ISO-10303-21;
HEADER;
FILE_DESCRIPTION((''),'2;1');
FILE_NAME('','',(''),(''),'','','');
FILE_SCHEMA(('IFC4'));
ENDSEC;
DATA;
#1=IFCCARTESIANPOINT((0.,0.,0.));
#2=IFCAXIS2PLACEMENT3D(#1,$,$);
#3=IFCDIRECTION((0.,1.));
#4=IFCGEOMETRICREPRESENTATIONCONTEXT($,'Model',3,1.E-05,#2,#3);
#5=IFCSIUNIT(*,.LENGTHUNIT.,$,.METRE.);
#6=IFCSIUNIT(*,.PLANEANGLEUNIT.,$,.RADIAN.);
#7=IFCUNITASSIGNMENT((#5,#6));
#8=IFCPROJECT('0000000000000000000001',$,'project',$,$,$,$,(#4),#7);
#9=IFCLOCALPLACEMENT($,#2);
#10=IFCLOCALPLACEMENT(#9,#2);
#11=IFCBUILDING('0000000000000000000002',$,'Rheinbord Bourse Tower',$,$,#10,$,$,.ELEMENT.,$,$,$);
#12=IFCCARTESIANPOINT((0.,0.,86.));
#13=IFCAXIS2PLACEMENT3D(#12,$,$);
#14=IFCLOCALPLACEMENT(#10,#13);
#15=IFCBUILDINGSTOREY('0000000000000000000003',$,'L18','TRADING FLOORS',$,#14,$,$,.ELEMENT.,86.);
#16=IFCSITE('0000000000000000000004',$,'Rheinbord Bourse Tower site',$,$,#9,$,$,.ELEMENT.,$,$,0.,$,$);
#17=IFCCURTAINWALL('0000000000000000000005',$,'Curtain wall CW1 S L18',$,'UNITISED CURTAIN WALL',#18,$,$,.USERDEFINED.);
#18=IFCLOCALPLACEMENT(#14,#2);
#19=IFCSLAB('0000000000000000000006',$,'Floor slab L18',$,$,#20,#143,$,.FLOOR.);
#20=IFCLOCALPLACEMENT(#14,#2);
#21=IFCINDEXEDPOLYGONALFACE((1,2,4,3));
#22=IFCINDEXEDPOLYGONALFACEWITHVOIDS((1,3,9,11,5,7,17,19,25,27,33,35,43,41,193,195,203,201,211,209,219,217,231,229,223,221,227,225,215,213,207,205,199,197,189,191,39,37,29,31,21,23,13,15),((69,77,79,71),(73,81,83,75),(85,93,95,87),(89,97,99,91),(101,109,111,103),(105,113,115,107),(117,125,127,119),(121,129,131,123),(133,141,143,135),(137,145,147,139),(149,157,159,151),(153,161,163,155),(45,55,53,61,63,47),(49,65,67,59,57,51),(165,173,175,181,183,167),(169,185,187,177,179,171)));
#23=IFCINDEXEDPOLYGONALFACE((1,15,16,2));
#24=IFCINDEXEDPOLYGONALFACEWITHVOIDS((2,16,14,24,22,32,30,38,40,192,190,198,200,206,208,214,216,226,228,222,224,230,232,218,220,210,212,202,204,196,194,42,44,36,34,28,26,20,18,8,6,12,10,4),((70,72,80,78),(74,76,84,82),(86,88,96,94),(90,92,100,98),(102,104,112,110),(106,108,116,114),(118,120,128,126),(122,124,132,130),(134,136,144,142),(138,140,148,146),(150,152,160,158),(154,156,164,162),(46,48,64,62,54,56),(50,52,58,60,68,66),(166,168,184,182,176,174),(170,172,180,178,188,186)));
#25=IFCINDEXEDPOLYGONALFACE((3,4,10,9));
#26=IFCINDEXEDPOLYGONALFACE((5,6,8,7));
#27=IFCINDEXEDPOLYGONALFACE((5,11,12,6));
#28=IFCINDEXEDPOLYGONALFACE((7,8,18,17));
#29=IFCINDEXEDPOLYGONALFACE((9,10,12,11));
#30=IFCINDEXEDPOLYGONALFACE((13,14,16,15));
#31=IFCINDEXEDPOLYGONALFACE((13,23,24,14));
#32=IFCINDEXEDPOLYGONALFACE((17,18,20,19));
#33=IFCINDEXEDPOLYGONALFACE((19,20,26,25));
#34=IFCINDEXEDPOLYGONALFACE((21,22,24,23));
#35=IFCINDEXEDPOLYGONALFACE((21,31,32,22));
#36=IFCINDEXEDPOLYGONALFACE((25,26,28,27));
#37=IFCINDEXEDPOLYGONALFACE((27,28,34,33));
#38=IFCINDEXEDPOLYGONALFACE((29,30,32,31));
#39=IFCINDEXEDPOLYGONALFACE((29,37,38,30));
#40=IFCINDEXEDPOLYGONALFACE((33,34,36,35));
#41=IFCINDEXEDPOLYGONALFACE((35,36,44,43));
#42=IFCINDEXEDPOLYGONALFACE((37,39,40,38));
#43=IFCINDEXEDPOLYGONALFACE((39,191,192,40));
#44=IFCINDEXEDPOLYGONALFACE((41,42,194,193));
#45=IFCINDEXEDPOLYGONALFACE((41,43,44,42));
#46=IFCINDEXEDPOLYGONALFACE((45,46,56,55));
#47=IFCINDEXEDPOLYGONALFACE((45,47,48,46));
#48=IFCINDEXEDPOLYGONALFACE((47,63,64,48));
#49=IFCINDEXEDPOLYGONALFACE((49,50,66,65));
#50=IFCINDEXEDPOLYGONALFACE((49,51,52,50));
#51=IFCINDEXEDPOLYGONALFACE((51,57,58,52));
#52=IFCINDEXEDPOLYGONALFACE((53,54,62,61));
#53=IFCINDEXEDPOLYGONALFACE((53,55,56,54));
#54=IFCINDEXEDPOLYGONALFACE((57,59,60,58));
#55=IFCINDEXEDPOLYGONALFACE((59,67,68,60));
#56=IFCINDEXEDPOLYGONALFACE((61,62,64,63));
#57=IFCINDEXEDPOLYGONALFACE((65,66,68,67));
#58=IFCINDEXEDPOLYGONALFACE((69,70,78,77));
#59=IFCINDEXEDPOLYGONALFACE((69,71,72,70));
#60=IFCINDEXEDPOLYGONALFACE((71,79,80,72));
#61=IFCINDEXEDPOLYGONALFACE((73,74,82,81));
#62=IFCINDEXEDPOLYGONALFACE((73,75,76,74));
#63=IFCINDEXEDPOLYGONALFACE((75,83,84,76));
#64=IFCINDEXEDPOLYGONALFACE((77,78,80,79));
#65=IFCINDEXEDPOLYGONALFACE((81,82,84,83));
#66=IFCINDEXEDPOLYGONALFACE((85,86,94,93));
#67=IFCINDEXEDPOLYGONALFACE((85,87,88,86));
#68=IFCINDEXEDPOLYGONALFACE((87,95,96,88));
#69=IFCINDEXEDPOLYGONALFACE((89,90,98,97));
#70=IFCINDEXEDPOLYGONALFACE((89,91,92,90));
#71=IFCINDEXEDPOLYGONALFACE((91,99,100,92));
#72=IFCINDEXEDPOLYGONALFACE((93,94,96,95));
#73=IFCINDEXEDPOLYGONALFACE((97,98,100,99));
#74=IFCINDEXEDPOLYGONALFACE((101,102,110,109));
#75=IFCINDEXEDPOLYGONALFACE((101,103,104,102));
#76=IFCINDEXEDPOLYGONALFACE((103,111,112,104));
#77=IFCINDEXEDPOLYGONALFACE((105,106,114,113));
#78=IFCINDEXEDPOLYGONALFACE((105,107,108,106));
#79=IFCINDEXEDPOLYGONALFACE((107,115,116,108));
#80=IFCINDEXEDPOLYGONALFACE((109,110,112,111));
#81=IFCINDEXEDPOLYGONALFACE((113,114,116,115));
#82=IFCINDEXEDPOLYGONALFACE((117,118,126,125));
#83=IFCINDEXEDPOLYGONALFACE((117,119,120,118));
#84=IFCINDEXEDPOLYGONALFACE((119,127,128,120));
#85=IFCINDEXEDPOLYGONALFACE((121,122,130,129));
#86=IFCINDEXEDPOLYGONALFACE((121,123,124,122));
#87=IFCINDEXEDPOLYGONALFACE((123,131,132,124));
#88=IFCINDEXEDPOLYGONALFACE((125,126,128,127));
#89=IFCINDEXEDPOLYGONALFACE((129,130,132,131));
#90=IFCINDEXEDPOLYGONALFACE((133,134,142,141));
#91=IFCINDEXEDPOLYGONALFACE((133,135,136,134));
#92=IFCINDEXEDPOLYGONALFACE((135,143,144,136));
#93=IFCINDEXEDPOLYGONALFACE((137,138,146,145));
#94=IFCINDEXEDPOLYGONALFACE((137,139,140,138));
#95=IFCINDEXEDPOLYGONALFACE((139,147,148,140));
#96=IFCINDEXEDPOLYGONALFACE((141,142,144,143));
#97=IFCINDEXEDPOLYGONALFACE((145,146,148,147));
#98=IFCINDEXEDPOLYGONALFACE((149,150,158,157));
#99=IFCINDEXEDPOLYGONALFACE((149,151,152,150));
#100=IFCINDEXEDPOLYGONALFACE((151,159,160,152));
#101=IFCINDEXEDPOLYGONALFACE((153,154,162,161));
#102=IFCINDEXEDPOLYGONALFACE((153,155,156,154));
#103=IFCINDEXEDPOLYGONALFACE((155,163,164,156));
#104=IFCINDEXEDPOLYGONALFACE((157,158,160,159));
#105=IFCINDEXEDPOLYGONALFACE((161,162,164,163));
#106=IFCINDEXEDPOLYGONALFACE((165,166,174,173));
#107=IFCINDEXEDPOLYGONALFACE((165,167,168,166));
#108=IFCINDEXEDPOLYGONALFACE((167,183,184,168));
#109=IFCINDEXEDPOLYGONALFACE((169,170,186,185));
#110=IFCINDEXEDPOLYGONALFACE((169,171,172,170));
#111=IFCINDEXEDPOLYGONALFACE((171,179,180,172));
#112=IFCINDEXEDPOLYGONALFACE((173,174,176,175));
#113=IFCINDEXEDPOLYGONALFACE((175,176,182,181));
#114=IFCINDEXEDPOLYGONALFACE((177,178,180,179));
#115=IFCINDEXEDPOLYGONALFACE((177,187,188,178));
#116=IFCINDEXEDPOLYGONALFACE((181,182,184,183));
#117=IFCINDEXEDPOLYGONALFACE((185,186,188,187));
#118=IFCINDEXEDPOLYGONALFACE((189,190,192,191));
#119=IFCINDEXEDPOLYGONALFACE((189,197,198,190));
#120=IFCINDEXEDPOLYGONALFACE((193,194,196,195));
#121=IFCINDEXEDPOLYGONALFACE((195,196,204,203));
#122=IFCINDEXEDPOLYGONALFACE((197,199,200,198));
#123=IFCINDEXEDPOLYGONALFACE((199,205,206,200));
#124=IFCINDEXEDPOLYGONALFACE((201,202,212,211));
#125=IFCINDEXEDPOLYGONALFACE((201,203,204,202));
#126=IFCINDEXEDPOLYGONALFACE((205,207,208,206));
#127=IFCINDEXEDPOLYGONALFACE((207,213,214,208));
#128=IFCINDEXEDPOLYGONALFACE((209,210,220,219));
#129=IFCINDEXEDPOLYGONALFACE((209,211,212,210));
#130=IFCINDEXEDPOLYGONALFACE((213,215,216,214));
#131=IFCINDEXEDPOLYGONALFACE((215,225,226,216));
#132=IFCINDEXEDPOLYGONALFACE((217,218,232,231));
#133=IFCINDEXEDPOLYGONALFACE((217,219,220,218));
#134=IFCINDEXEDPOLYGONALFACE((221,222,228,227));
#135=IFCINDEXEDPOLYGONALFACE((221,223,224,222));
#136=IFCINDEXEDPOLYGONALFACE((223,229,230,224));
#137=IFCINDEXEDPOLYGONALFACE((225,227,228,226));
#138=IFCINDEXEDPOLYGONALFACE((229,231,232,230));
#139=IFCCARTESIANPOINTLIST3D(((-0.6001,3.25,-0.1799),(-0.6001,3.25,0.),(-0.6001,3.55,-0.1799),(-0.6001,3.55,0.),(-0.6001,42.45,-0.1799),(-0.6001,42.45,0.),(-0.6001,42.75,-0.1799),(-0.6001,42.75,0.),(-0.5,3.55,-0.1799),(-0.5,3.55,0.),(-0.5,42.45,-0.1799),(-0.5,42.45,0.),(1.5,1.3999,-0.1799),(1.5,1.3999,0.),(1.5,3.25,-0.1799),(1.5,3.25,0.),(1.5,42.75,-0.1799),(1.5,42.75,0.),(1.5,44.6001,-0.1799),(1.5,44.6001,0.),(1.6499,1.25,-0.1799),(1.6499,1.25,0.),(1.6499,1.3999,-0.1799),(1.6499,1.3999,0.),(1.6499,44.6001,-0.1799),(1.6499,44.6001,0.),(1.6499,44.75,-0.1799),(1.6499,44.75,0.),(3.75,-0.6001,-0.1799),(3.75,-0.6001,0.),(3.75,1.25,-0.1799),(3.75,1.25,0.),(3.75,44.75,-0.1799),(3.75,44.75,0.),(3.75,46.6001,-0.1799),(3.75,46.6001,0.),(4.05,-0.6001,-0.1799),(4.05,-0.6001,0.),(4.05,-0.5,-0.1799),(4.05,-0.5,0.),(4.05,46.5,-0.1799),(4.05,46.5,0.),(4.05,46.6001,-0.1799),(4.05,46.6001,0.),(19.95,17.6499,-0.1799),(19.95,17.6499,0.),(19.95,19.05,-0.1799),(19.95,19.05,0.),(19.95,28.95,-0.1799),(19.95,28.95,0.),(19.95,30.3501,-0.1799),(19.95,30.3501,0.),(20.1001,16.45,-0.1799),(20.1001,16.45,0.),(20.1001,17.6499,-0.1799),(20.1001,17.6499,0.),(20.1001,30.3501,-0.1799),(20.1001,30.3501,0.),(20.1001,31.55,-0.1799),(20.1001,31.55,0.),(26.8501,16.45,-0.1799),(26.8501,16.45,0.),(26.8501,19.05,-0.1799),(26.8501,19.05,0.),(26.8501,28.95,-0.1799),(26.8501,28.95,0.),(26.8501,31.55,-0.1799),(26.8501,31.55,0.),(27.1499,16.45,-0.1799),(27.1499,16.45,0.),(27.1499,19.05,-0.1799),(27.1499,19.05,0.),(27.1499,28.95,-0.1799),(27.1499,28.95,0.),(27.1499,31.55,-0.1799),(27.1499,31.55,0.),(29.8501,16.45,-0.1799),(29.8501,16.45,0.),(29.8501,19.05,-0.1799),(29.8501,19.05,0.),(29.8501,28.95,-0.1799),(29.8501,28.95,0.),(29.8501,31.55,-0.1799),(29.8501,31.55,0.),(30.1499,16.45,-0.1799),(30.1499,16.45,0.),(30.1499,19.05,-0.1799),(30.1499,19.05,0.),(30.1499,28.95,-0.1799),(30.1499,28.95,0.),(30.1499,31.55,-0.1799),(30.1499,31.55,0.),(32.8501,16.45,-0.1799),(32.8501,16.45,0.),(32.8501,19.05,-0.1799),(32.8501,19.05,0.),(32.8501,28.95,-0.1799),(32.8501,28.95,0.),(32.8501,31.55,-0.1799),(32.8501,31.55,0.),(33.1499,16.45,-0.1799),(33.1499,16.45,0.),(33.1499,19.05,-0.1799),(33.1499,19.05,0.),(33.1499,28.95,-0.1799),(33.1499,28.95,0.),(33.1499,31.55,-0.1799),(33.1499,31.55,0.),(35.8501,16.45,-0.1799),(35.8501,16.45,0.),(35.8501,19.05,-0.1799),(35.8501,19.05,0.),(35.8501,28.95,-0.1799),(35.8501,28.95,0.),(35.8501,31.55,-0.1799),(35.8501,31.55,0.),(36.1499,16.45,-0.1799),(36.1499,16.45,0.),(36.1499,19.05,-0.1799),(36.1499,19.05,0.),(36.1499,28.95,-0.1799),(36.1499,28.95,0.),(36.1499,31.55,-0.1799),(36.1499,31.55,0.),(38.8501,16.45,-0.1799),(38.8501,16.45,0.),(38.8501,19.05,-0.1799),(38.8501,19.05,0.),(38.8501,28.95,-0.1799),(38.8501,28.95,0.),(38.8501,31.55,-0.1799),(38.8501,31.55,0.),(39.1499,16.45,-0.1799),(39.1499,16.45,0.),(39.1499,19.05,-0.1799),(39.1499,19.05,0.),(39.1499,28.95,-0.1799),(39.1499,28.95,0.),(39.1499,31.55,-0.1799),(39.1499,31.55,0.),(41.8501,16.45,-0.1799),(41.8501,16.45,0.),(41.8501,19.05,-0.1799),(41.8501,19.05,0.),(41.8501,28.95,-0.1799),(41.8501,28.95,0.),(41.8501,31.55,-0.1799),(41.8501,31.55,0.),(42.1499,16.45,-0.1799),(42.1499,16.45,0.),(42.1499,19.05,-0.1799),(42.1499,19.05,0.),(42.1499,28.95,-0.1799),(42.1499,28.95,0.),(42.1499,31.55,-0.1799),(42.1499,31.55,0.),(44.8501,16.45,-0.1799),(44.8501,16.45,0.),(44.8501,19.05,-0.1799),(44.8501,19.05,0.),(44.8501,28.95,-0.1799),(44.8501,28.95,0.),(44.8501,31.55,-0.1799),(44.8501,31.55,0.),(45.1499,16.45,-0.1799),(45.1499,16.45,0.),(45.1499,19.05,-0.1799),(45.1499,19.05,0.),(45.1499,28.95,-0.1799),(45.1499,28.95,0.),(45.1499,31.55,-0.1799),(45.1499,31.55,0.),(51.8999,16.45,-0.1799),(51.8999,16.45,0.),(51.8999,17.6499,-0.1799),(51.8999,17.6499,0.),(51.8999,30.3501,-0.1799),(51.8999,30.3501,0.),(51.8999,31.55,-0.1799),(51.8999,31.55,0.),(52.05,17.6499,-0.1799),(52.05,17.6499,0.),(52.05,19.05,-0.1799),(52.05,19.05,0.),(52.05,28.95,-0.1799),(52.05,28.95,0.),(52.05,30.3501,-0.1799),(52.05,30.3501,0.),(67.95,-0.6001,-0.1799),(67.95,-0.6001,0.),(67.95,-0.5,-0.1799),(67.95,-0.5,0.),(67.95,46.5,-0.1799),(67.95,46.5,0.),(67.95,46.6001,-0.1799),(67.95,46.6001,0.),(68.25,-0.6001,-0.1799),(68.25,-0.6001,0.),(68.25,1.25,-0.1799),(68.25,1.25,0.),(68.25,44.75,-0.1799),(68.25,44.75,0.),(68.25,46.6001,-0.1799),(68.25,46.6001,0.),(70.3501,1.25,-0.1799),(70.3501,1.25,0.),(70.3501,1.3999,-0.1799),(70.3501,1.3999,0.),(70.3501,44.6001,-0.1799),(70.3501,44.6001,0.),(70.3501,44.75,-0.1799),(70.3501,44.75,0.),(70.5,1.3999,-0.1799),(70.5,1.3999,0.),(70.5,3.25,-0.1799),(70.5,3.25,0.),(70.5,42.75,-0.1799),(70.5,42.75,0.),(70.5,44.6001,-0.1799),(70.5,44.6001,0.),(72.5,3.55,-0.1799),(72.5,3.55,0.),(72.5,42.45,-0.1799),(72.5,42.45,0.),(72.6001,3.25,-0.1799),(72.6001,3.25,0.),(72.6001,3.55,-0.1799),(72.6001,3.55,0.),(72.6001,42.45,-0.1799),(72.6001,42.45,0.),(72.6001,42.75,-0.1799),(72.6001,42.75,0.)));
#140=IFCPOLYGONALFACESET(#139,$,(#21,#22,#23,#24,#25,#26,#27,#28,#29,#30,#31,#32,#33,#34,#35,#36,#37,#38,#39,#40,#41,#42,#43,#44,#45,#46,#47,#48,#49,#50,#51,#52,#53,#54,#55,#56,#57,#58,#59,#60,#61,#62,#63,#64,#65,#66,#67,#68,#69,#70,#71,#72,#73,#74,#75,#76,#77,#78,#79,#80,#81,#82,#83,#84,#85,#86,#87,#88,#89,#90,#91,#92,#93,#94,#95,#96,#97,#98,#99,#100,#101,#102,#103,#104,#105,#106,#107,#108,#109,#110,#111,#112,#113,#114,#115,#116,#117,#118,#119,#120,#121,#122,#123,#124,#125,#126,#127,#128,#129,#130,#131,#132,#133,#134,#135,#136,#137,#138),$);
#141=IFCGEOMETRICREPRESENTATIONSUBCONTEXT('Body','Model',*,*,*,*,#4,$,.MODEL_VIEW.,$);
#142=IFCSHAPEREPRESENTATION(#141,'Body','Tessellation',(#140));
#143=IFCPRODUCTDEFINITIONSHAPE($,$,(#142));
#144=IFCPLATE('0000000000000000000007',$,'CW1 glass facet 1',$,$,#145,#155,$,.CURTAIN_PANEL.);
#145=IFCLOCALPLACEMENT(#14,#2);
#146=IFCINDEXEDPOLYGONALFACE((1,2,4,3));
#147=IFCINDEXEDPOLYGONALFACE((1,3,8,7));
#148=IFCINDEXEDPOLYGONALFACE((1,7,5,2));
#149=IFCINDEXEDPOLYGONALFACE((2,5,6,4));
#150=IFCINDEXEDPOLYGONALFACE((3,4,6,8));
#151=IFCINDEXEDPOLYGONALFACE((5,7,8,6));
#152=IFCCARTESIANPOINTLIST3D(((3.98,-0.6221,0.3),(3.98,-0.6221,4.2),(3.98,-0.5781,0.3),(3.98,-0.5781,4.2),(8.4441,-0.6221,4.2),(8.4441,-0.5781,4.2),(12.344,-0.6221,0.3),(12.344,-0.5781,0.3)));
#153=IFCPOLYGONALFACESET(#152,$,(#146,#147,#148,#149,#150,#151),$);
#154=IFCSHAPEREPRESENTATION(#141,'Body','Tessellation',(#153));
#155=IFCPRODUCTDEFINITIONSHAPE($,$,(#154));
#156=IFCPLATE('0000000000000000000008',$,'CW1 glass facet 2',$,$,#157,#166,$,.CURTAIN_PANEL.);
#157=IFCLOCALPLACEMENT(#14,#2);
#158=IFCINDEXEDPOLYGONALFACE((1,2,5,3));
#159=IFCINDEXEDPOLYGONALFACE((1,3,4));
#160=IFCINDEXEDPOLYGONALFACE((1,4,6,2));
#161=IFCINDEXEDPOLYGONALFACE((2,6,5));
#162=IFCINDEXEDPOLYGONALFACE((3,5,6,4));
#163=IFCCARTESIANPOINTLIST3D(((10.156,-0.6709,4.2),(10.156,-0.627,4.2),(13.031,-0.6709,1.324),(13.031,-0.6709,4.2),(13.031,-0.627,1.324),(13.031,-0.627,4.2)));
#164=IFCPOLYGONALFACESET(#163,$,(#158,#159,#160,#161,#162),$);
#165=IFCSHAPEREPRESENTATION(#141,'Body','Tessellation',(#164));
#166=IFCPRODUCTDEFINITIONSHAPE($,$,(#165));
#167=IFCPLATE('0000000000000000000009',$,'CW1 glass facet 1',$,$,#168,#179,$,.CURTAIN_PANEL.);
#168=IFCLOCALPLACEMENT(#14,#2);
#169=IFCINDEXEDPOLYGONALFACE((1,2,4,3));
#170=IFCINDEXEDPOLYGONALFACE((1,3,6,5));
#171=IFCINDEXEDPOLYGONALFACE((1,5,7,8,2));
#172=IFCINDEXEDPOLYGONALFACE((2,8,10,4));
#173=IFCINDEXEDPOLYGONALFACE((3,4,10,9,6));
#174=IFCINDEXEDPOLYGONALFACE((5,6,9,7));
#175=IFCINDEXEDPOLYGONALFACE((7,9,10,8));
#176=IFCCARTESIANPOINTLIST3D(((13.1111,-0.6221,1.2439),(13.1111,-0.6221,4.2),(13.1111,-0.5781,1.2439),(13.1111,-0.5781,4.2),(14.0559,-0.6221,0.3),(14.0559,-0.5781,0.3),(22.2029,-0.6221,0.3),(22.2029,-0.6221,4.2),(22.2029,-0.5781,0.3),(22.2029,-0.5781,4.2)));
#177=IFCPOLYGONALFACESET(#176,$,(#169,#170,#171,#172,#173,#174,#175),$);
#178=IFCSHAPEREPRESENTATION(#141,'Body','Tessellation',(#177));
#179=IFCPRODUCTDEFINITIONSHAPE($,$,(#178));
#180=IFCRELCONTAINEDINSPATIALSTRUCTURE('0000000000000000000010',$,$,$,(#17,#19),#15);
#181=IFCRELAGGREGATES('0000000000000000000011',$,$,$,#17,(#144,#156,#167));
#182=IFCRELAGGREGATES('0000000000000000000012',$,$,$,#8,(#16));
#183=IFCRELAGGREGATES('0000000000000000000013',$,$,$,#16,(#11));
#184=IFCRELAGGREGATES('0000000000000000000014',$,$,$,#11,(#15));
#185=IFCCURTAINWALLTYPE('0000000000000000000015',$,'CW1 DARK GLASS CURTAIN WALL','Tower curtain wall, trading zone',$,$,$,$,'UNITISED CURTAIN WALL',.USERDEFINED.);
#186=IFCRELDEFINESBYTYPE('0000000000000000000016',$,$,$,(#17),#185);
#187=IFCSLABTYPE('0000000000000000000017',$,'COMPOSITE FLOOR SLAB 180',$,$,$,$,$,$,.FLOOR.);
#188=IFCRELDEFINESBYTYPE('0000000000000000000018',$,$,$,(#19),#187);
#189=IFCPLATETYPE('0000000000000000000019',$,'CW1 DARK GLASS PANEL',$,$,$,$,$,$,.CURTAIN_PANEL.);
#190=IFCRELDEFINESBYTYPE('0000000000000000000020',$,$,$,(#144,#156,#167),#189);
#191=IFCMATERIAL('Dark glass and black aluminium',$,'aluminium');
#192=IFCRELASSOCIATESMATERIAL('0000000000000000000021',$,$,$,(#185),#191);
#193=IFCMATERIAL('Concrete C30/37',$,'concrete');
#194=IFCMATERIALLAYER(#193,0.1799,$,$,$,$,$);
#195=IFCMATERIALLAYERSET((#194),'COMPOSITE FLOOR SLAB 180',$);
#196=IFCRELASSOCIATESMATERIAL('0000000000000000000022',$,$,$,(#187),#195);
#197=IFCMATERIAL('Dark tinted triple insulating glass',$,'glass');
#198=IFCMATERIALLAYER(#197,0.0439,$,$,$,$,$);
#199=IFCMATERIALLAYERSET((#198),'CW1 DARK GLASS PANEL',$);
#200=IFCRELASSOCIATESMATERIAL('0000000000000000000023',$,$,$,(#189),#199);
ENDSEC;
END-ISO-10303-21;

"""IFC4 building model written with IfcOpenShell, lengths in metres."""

from ifc_helpers import new_model, si_unit, direction, frame, origin, place, context, subcontext, project, spatial, polyline, outline, extrude, material, layer, layer_set, type_object, element, aggregate, save


model = new_model("IFC4")

# Units and contexts
model_context = context("Model", 3, precision=1e-05, world=origin(), true_north=direction((0.0, 1.0)))
body_context = subcontext(model_context, "Body", "Model", "MODEL_VIEW")
ifc_project = project(units=[si_unit("LENGTHUNIT", "METRE"), si_unit("PLANEANGLEUNIT", "RADIAN")], contexts=[model_context])

# Site, building, storey
site_placement = place(None, origin())
site = spatial("IfcSite", under=ifc_project, at=site_placement, Name="Rheinbord Bourse Tower site", CompositionType="ELEMENT", RefElevation=0.0)
building_placement = place(site_placement, origin())
building = spatial("IfcBuilding", under=site, at=building_placement, Name="Rheinbord Bourse Tower", CompositionType="ELEMENT")
storey_placement = place(building_placement, frame((0.0, 0.0, 86.0)))
storey = spatial("IfcBuildingStorey", under=building, at=storey_placement, Name="L18", Description="TRADING FLOORS", CompositionType="ELEMENT", Elevation=86.0)

# Curtain wall
ifc_material_1 = material(Name="Dark glass and black aluminium", Category="aluminium")
curtain_wall_type = type_object("IfcCurtainWallType", Name="CW1 DARK GLASS CURTAIN WALL", Description="Tower curtain wall, trading zone", ElementType="UNITISED CURTAIN WALL", PredefinedType="USERDEFINED", material=ifc_material_1)
curtain_wall_1_placement = place(storey_placement, origin())
curtain_wall_1 = element("IfcCurtainWall", 1, at=curtain_wall_1_placement, inside=storey, type_object=curtain_wall_type, Name="Curtain wall CW1 S L18", ObjectType="UNITISED CURTAIN WALL", PredefinedType="USERDEFINED")

# Slab
ifc_material_2 = material(Name="Concrete C30/37", Category="concrete")
ifc_layer_1 = layer(ifc_material_2, 0.1799)
ifc_layer_set_1 = layer_set([ifc_layer_1], Name="COMPOSITE FLOOR SLAB 180")
slab_type_1 = type_object("IfcSlabType", Name="COMPOSITE FLOOR SLAB 180", PredefinedType="FLOOR", material=ifc_layer_set_1)
slab_1_placement = place(storey_placement, frame((0.0, 0.0, -0.1799)))
element("IfcSlab", 2, at=slab_1_placement, inside=storey, type_object=slab_type_1, Name="Floor slab L18", PredefinedType="FLOOR", context=body_context, shape_type="SweptSolid", body=[
    extrude(outline(polyline([(1.6499, 1.3999), (1.5, 1.3999), (1.5, 3.25), (-0.6001, 3.25), (-0.6001, 3.55), (-0.5, 3.55), (-0.5, 42.45), (-0.6001, 42.45), (-0.6001, 42.75), (1.5, 42.75), (1.5, 44.6001), (1.6499, 44.6001), (1.6499, 44.75), (3.75, 44.75), (3.75, 46.6001), (4.05, 46.6001), (4.05, 46.5), (67.95, 46.5), (67.95, 46.6001), (68.25, 46.6001), (68.25, 44.75), (70.3501, 44.75), (70.3501, 44.6001), (70.5, 44.6001), (70.5, 42.75), (72.6001, 42.75), (72.6001, 42.45), (72.5, 42.45), (72.5, 3.55), (72.6001, 3.55), (72.6001, 3.25), (70.5, 3.25), (70.5, 1.3999), (70.3501, 1.3999), (70.3501, 1.25), (68.25, 1.25), (68.25, -0.6001), (67.95, -0.6001), (67.95, -0.5), (4.05, -0.5), (4.05, -0.6001), (3.75, -0.6001), (3.75, 1.25), (1.6499, 1.25), (1.6499, 1.3999)]), holes=[polyline([(19.95, 19.05), (26.8501, 19.05), (26.8501, 16.45), (20.1001, 16.45), (20.1001, 17.6499), (19.95, 17.6499), (19.95, 19.05)]), polyline([(26.8501, 31.55), (26.8501, 28.95), (19.95, 28.95), (19.95, 30.3501), (20.1001, 30.3501), (20.1001, 31.55), (26.8501, 31.55)]), polyline([(45.1499, 16.45), (45.1499, 19.05), (52.05, 19.05), (52.05, 17.6499), (51.8999, 17.6499), (51.8999, 16.45), (45.1499, 16.45)]), polyline([(52.05, 28.95), (45.1499, 28.95), (45.1499, 31.55), (51.8999, 31.55), (51.8999, 30.3501), (52.05, 30.3501), (52.05, 28.95)]), polyline([(27.1499, 16.45), (27.1499, 19.05), (29.8501, 19.05), (29.8501, 16.45), (27.1499, 16.45)]), polyline([(27.1499, 28.95), (27.1499, 31.55), (29.8501, 31.55), (29.8501, 28.95), (27.1499, 28.95)]), polyline([(30.1499, 16.45), (30.1499, 19.05), (32.8501, 19.05), (32.8501, 16.45), (30.1499, 16.45)]), polyline([(30.1499, 28.95), (30.1499, 31.55), (32.8501, 31.55), (32.8501, 28.95), (30.1499, 28.95)]), polyline([(33.1499, 16.45), (33.1499, 19.05), (35.8501, 19.05), (35.8501, 16.45), (33.1499, 16.45)]), polyline([(33.1499, 28.95), (33.1499, 31.55), (35.8501, 31.55), (35.8501, 28.95), (33.1499, 28.95)]), polyline([(36.1499, 16.45), (36.1499, 19.05), (38.8501, 19.05), (38.8501, 16.45), (36.1499, 16.45)]), polyline([(36.1499, 28.95), (36.1499, 31.55), (38.8501, 31.55), (38.8501, 28.95), (36.1499, 28.95)]), polyline([(39.1499, 16.45), (39.1499, 19.05), (41.8501, 19.05), (41.8501, 16.45), (39.1499, 16.45)]), polyline([(39.1499, 28.95), (39.1499, 31.55), (41.8501, 31.55), (41.8501, 28.95), (39.1499, 28.95)]), polyline([(42.1499, 16.45), (42.1499, 19.05), (44.8501, 19.05), (44.8501, 16.45), (42.1499, 16.45)]), polyline([(42.1499, 28.95), (42.1499, 31.55), (44.8501, 31.55), (44.8501, 28.95), (42.1499, 28.95)])]), origin(), (0.0, 0.0, 1.0), 0.1799),
])

# Plates
ifc_material_3 = material(Name="Dark tinted triple insulating glass", Category="glass")
ifc_layer_2 = layer(ifc_material_3, 0.0439)
ifc_layer_set_2 = layer_set([ifc_layer_2], Name="CW1 DARK GLASS PANEL")
plate_type = type_object("IfcPlateType", Name="CW1 DARK GLASS PANEL", PredefinedType="CURTAIN_PANEL", material=ifc_layer_set_2)
plate_1_placement = place(storey_placement, frame((3.98, -0.6221, 0.3), z_axis=(0.0, 1.0, 0.0), x_axis=(0.0, 0.0, 1.0)))
plate_1 = element("IfcPlate", 3, at=plate_1_placement, type_object=plate_type, Name="CW1 glass facet 1", PredefinedType="CURTAIN_PANEL", context=body_context, shape_type="SweptSolid", body=[
    extrude(outline(polyline([(0.0, 0.0), (3.8999, 0.0), (3.8999, 4.4641), (0.0, 8.364), (0.0, 0.0)])), origin(), (0.0, 0.0, 1.0), 0.0439),
])
plate_2_placement = place(storey_placement, frame((13.031, -0.6709, 4.2), z_axis=(0.0, 1.0, 0.0), x_axis=(0.0, 0.0, -1.0)))
plate_2 = element("IfcPlate", 4, at=plate_2_placement, type_object=plate_type, Name="CW1 glass facet 2", PredefinedType="CURTAIN_PANEL", context=body_context, shape_type="SweptSolid", body=[
    extrude(outline(polyline([(0.0, 0.0), (2.876, 0.0), (0.0, 2.875), (0.0, 0.0)])), origin(), (0.0, 0.0, 1.0), 0.0439),
])
plate_3_placement = place(storey_placement, frame((13.1111, -0.6221, 4.2), z_axis=(0.0, 1.0, 0.0), x_axis=(1.0, 0.0, 0.0)))
plate_3 = element("IfcPlate", 5, at=plate_3_placement, type_object=plate_type, Name="CW1 glass facet 1", PredefinedType="CURTAIN_PANEL", context=body_context, shape_type="SweptSolid", body=[
    extrude(outline(polyline([(0.0, 0.0), (9.0918, 0.0), (9.0918, 3.8999), (0.9448, 3.8999), (0.0, 2.9561), (0.0, 0.0)])), origin(), (0.0, 0.0, 1.0), 0.0439),
])
aggregate(curtain_wall_1, [plate_1, plate_2, plate_3])

save(model, "model.ifc")
